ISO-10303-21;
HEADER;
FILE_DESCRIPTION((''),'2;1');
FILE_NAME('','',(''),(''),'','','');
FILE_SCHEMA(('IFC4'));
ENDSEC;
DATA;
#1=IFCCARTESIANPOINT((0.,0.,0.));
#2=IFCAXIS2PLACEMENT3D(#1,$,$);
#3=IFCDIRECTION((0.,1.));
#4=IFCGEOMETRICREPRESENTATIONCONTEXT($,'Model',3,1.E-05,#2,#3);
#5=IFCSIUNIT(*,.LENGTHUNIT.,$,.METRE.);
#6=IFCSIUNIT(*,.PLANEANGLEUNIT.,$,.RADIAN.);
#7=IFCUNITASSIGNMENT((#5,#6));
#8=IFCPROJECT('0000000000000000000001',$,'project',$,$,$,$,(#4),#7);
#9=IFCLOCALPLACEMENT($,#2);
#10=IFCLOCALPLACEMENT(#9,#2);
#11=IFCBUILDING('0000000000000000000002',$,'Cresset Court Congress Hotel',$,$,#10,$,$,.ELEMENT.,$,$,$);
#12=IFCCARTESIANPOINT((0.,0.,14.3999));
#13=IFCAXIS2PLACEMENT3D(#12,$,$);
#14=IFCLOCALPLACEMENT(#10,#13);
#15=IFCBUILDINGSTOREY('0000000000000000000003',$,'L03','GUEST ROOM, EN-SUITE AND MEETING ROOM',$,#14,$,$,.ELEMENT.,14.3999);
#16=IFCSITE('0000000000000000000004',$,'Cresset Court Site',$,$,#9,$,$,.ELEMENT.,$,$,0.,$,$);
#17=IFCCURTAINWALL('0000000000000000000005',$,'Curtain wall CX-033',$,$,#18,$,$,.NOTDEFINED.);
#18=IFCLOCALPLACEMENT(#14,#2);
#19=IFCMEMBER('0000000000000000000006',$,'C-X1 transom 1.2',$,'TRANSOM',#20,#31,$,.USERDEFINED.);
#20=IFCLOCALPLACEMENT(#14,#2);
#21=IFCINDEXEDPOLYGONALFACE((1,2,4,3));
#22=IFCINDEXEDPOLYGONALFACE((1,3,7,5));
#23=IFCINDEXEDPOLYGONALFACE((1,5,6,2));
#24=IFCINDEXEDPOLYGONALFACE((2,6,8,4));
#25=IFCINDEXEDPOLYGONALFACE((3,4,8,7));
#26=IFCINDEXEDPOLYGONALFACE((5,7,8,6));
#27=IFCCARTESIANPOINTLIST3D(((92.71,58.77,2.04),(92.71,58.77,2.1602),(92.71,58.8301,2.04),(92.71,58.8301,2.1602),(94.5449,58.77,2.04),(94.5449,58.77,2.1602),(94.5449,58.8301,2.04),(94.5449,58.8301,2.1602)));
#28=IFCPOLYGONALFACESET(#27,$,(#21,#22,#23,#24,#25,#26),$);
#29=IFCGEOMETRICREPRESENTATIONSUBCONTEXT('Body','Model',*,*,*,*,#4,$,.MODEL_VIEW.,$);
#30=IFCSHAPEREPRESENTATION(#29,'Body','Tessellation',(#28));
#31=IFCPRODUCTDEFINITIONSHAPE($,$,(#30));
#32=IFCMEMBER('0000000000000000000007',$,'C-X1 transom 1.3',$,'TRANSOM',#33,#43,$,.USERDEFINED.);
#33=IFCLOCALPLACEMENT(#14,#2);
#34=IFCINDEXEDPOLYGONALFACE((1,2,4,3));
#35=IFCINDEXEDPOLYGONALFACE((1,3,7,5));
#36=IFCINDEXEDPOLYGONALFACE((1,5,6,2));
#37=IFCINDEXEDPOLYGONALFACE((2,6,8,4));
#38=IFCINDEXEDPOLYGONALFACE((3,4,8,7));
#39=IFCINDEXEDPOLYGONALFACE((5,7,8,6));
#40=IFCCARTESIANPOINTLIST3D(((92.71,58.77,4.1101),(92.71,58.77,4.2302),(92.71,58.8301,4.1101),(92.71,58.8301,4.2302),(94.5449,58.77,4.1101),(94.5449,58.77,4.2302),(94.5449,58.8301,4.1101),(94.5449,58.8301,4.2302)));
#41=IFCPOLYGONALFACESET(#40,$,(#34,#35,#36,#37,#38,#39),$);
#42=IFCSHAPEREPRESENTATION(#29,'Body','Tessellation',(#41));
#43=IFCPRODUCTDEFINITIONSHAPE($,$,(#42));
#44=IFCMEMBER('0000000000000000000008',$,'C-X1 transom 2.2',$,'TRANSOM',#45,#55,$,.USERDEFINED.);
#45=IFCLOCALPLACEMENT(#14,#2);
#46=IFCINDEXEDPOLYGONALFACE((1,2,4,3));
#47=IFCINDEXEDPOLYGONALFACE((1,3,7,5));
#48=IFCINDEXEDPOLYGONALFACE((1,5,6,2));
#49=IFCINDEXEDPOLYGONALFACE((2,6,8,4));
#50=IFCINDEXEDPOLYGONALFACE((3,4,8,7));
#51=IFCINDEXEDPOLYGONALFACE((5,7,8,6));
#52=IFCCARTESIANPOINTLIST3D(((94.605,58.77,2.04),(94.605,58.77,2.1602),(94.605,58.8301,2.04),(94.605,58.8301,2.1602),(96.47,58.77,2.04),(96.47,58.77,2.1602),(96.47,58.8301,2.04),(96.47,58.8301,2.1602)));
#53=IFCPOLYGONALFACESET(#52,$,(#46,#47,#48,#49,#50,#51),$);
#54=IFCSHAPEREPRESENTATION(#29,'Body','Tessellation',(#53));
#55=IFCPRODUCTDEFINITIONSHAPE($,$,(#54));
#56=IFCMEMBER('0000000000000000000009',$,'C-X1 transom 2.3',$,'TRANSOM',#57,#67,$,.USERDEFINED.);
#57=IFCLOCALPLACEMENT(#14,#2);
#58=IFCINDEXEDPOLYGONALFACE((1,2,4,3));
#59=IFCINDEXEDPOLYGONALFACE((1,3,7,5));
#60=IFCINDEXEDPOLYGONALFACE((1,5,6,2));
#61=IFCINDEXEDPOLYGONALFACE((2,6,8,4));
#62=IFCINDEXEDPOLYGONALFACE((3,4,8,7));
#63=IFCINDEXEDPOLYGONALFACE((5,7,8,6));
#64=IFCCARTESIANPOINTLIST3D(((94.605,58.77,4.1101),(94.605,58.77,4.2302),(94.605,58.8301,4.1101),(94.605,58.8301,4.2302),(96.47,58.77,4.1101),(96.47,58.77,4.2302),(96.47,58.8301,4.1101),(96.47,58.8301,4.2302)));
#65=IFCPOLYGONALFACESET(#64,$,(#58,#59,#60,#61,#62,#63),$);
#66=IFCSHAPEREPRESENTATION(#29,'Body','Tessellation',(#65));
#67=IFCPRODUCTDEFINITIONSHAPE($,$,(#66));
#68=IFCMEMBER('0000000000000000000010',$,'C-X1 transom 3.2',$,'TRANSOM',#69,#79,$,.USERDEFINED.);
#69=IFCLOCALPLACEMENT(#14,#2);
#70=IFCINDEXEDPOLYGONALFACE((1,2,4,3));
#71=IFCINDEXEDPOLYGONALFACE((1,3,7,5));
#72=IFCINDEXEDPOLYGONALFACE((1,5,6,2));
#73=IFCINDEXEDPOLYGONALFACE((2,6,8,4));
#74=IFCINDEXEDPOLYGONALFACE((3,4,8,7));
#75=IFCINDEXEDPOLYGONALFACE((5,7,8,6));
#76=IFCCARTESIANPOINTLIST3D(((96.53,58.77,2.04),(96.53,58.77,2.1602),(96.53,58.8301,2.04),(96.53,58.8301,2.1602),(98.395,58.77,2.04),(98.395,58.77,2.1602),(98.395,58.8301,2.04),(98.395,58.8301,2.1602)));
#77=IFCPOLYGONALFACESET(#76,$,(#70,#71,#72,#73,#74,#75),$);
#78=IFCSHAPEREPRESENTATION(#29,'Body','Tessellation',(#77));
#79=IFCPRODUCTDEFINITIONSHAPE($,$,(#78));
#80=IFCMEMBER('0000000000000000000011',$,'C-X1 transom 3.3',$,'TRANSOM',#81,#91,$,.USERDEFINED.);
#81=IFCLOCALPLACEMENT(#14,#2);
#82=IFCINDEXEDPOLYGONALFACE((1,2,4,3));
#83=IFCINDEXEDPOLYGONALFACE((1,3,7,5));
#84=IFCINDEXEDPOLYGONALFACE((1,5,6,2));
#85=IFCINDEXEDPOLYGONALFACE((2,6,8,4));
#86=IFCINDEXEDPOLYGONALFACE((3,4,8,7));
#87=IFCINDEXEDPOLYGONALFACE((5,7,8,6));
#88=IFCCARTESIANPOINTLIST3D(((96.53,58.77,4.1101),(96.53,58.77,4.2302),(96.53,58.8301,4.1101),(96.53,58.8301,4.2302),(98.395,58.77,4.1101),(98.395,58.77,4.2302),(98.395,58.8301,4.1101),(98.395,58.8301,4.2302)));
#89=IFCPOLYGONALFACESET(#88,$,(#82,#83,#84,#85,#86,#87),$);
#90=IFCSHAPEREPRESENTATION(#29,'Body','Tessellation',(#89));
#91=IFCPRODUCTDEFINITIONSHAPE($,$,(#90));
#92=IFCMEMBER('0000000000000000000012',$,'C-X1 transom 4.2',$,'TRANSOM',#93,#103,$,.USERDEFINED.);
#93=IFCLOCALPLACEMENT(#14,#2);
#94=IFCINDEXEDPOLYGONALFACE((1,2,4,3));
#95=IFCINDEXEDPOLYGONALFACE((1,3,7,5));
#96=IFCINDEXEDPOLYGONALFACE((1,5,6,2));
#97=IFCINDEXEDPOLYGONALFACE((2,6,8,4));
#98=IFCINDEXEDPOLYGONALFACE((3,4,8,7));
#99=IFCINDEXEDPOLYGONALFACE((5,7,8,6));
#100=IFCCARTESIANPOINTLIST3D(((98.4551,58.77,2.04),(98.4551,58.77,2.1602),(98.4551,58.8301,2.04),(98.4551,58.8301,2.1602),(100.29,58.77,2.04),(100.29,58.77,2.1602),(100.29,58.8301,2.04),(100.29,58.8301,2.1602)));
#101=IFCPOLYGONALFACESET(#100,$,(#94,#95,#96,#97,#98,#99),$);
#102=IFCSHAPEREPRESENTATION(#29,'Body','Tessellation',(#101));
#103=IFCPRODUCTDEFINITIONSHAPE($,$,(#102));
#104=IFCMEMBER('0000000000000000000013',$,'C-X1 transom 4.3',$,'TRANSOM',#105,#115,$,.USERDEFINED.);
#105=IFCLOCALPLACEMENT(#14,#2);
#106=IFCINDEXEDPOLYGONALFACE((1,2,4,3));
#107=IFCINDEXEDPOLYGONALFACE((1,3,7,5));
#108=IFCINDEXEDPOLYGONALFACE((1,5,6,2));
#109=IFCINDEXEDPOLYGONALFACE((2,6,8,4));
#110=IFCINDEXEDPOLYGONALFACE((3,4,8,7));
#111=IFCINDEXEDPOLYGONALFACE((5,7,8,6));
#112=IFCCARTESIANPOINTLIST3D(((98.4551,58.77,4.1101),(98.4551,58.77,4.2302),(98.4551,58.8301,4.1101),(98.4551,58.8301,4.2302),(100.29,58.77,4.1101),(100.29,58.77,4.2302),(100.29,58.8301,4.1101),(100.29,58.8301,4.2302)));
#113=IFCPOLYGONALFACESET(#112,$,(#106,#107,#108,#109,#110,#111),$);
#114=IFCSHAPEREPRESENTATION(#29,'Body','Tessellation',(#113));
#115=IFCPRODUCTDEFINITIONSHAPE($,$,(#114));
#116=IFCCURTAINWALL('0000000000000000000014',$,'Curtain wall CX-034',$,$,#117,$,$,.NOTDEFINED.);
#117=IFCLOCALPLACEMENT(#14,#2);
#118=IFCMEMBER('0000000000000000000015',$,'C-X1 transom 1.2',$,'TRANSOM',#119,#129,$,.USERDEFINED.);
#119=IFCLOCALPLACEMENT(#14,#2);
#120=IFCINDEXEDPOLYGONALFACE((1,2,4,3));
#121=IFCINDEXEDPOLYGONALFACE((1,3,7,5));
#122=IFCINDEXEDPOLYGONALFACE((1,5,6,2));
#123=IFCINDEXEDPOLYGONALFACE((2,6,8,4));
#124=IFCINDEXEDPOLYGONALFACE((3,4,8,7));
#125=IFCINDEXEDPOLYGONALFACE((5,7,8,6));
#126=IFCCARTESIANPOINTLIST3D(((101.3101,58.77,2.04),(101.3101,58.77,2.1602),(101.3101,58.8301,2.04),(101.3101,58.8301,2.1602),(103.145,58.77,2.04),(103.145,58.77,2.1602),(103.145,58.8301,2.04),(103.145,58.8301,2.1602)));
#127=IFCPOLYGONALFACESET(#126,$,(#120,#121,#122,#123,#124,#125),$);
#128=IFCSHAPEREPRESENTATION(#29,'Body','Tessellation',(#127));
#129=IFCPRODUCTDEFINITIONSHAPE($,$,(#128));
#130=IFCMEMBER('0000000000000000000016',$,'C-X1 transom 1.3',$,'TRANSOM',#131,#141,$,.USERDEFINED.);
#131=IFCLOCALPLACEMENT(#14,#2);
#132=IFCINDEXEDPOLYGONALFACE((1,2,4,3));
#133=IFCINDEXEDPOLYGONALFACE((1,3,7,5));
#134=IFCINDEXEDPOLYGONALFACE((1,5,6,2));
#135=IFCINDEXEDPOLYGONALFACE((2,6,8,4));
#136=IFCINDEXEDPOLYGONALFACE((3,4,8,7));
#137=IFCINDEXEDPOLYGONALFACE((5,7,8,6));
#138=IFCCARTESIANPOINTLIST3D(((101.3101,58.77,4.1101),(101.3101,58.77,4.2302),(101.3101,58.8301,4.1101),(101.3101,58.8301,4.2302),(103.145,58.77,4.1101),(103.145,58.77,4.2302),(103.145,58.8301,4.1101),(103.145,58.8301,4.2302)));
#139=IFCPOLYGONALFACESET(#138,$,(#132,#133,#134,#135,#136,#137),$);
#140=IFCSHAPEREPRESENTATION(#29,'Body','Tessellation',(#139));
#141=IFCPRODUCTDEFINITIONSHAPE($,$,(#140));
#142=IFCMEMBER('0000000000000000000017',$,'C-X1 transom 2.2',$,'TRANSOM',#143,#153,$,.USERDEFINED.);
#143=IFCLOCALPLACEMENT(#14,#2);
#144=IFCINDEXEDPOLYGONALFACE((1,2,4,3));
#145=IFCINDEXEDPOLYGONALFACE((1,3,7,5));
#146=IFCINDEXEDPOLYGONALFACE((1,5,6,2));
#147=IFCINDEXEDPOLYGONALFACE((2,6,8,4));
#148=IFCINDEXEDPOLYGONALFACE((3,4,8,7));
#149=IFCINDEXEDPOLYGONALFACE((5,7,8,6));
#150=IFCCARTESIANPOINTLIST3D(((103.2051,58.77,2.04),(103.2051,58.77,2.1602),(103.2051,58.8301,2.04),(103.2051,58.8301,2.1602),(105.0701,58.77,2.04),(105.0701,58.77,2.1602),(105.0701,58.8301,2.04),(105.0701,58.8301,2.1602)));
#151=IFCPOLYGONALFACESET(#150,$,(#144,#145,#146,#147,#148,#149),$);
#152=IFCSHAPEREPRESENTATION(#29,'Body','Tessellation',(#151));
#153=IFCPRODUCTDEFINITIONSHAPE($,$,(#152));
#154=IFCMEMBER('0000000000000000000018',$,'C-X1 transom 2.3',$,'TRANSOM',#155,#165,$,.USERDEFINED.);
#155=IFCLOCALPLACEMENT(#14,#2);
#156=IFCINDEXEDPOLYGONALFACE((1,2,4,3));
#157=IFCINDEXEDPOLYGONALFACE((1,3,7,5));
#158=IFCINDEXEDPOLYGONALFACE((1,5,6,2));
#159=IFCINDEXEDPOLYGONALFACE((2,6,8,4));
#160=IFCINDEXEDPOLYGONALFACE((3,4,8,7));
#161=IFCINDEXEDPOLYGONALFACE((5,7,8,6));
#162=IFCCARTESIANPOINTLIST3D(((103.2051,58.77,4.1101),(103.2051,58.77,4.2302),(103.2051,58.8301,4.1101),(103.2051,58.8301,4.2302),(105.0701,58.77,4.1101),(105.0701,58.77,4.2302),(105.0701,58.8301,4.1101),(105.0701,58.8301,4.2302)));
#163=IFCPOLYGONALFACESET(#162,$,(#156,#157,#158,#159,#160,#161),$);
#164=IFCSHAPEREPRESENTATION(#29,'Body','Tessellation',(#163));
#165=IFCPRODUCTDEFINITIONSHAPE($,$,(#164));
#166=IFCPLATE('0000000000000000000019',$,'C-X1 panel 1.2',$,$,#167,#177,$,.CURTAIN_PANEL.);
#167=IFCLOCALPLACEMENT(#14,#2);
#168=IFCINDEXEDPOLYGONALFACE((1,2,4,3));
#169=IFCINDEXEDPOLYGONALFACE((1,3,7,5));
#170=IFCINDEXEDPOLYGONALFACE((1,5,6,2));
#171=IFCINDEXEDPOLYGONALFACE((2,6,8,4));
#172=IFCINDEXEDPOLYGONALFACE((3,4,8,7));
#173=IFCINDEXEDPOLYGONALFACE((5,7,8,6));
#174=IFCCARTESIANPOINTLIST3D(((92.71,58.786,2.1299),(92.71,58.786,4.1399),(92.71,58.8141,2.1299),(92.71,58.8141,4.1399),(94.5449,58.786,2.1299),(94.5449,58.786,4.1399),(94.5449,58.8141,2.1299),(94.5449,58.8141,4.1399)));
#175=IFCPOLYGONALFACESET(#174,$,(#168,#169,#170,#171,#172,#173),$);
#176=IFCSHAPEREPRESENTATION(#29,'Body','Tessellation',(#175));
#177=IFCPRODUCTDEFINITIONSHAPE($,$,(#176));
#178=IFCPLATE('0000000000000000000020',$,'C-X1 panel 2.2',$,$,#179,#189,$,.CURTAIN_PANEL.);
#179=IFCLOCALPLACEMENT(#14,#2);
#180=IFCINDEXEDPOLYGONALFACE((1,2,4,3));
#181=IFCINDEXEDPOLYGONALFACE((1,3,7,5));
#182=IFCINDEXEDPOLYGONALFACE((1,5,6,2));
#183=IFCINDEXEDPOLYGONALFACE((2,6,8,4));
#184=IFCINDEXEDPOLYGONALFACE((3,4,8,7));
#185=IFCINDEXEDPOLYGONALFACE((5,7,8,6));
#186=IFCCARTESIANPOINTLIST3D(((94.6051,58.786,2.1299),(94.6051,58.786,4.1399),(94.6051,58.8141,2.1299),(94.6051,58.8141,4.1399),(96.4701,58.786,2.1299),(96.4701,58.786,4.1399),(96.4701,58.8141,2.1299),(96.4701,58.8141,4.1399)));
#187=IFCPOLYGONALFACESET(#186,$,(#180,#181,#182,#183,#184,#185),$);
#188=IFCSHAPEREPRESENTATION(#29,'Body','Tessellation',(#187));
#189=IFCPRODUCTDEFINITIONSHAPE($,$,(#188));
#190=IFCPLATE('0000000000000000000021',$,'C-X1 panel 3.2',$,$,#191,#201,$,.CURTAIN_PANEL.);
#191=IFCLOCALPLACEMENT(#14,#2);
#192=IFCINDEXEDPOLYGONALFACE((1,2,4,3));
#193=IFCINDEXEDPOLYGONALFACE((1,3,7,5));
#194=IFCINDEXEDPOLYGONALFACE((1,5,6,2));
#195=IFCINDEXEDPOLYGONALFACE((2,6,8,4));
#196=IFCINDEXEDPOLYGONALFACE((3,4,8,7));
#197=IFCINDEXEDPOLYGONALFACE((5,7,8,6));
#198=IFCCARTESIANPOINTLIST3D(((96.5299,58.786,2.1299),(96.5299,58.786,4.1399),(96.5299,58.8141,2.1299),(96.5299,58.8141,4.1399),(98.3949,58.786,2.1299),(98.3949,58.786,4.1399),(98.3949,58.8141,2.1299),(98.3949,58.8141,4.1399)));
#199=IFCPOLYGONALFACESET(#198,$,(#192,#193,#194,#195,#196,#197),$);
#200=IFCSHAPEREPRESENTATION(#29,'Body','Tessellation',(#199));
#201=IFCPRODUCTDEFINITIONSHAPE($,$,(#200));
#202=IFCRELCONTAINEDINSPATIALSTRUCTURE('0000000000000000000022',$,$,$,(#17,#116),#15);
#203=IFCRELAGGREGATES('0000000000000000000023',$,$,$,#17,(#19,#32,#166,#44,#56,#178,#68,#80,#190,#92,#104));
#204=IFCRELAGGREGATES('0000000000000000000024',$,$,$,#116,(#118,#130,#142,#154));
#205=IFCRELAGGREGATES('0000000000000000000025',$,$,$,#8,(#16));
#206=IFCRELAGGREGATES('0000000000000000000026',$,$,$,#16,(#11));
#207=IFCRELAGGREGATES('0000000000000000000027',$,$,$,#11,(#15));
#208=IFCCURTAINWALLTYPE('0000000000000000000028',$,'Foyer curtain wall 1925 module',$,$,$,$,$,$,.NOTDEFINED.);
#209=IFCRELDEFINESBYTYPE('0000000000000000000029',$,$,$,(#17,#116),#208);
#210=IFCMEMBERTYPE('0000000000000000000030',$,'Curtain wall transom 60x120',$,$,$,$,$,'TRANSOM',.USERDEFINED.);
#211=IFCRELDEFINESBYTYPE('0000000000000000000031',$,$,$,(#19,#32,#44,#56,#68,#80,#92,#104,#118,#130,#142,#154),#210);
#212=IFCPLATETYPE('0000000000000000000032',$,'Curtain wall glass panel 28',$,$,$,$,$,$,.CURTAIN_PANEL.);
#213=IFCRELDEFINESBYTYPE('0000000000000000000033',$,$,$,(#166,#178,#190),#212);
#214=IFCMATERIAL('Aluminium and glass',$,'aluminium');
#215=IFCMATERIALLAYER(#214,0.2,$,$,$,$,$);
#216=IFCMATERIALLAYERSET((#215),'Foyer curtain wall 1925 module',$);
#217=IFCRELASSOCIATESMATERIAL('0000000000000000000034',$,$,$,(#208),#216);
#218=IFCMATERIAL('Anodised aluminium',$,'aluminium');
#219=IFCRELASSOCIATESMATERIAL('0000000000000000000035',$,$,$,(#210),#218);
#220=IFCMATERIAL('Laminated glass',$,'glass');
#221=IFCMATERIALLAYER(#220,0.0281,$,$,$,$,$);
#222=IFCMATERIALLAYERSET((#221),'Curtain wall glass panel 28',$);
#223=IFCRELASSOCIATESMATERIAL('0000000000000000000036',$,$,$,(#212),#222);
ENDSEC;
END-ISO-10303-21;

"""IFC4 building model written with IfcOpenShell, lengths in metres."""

from ifc_helpers import new_model, si_unit, direction, frame, origin, origin_2d, place, context, subcontext, project, spatial, rectangle, extrude, material, layer, layer_set, material_profile, profile_set, type_object, element, aggregate, save


model = new_model("IFC4")

# Units and contexts
model_context = context("Model", 3, precision=1e-05, world=origin(), true_north=direction((0.0, 1.0)))
body_context = subcontext(model_context, "Body", "Model", "MODEL_VIEW")
ifc_project = project(units=[si_unit("LENGTHUNIT", "METRE"), si_unit("PLANEANGLEUNIT", "RADIAN")], contexts=[model_context])

# Site, building, storey
site_placement = place(None, origin())
site = spatial("IfcSite", under=ifc_project, at=site_placement, Name="Cresset Court Site", CompositionType="ELEMENT", RefElevation=0.0)
building_placement = place(site_placement, origin())
building = spatial("IfcBuilding", under=site, at=building_placement, Name="Cresset Court Congress Hotel", CompositionType="ELEMENT")
storey_placement = place(building_placement, frame((0.0, 0.0, 14.3999)))
storey = spatial("IfcBuildingStorey", under=building, at=storey_placement, Name="L03", Description="GUEST ROOM, EN-SUITE AND MEETING ROOM", CompositionType="ELEMENT", Elevation=14.3999)

# Curtain walls, members
ifc_material_1 = material(Name="Aluminium and glass", Category="aluminium")
ifc_layer_1 = layer(ifc_material_1, 0.2)
ifc_layer_set_1 = layer_set([ifc_layer_1], Name="Foyer curtain wall 1925 module")
curtain_wall_type = type_object("IfcCurtainWallType", Name="Foyer curtain wall 1925 module", PredefinedType="NOTDEFINED", material=ifc_layer_set_1)
curtain_wall_1_placement = place(storey_placement, origin())
curtain_wall_1 = element("IfcCurtainWall", 1, at=curtain_wall_1_placement, inside=storey, type_object=curtain_wall_type, Name="Curtain wall CX-033", PredefinedType="NOTDEFINED")
ifc_material_2 = material(Name="Anodised aluminium", Category="aluminium")
ifc_material_profile = material_profile(ifc_material_2, rectangle(XDim=0.0601, YDim=0.1201, at=origin_2d()), Name="AL60x120")
ifc_profile_set = profile_set([ifc_material_profile], Name="Anodised aluminium")
member_type = type_object("IfcMemberType", Name="Curtain wall transom 60x120", ElementType="TRANSOM", PredefinedType="USERDEFINED", material=ifc_profile_set)
member_1_placement = place(storey_placement, frame((92.71, 58.8, 2.1001), z_axis=(1.0, 0.0, 0.0), x_axis=(0.0, 1.0, 0.0)))
member_1 = element("IfcMember", 2, at=member_1_placement, type_object=member_type, Name="C-X1 transom 1.2", ObjectType="TRANSOM", PredefinedType="USERDEFINED", context=body_context, shape_type="SweptSolid", body=[
    extrude(rectangle(XDim=0.0601, YDim=0.1201, at=origin_2d()), origin(), (0.0, 0.0, 1.0), 1.835),
])
member_2_placement = place(storey_placement, frame((92.71, 58.8, 4.1702), z_axis=(1.0, 0.0, 0.0), x_axis=(0.0, 1.0, 0.0)))
member_2 = element("IfcMember", 3, at=member_2_placement, type_object=member_type, Name="C-X1 transom 1.3", ObjectType="TRANSOM", PredefinedType="USERDEFINED", context=body_context, shape_type="SweptSolid", body=[
    extrude(rectangle(XDim=0.0601, YDim=0.1201, at=origin_2d()), origin(), (0.0, 0.0, 1.0), 1.835),
])
member_3_placement = place(storey_placement, frame((94.605, 58.8, 2.1001), z_axis=(1.0, 0.0, 0.0), x_axis=(0.0, 1.0, 0.0)))
member_3 = element("IfcMember", 4, at=member_3_placement, type_object=member_type, Name="C-X1 transom 2.2", ObjectType="TRANSOM", PredefinedType="USERDEFINED", context=body_context, shape_type="SweptSolid", body=[
    extrude(rectangle(XDim=0.0601, YDim=0.1201, at=origin_2d()), origin(), (0.0, 0.0, 1.0), 1.865),
])
member_4_placement = place(storey_placement, frame((94.605, 58.8, 4.1702), z_axis=(1.0, 0.0, 0.0), x_axis=(0.0, 1.0, 0.0)))
member_4 = element("IfcMember", 5, at=member_4_placement, type_object=member_type, Name="C-X1 transom 2.3", ObjectType="TRANSOM", PredefinedType="USERDEFINED", context=body_context, shape_type="SweptSolid", body=[
    extrude(rectangle(XDim=0.0601, YDim=0.1201, at=origin_2d()), origin(), (0.0, 0.0, 1.0), 1.865),
])
member_5_placement = place(storey_placement, frame((96.53, 58.8, 2.1001), z_axis=(1.0, 0.0, 0.0), x_axis=(0.0, 1.0, 0.0)))
member_5 = element("IfcMember", 6, at=member_5_placement, type_object=member_type, Name="C-X1 transom 3.2", ObjectType="TRANSOM", PredefinedType="USERDEFINED", context=body_context, shape_type="SweptSolid", body=[
    extrude(rectangle(XDim=0.0601, YDim=0.1201, at=origin_2d()), origin(), (0.0, 0.0, 1.0), 1.865),
])
member_6_placement = place(storey_placement, frame((96.53, 58.8, 4.1702), z_axis=(1.0, 0.0, 0.0), x_axis=(0.0, 1.0, 0.0)))
member_6 = element("IfcMember", 7, at=member_6_placement, type_object=member_type, Name="C-X1 transom 3.3", ObjectType="TRANSOM", PredefinedType="USERDEFINED", context=body_context, shape_type="SweptSolid", body=[
    extrude(rectangle(XDim=0.0601, YDim=0.1201, at=origin_2d()), origin(), (0.0, 0.0, 1.0), 1.865),
])
member_7_placement = place(storey_placement, frame((98.4551, 58.8, 2.1001), z_axis=(1.0, 0.0, 0.0), x_axis=(0.0, 1.0, 0.0)))
member_7 = element("IfcMember", 8, at=member_7_placement, type_object=member_type, Name="C-X1 transom 4.2", ObjectType="TRANSOM", PredefinedType="USERDEFINED", context=body_context, shape_type="SweptSolid", body=[
    extrude(rectangle(XDim=0.0601, YDim=0.1201, at=origin_2d()), origin(), (0.0, 0.0, 1.0), 1.835),
])
member_8_placement = place(storey_placement, frame((98.4551, 58.8, 4.1702), z_axis=(1.0, 0.0, 0.0), x_axis=(0.0, 1.0, 0.0)))
member_8 = element("IfcMember", 9, at=member_8_placement, type_object=member_type, Name="C-X1 transom 4.3", ObjectType="TRANSOM", PredefinedType="USERDEFINED", context=body_context, shape_type="SweptSolid", body=[
    extrude(rectangle(XDim=0.0601, YDim=0.1201, at=origin_2d()), origin(), (0.0, 0.0, 1.0), 1.835),
])
curtain_wall_2_placement = place(storey_placement, origin())
curtain_wall_2 = element("IfcCurtainWall", 10, at=curtain_wall_2_placement, inside=storey, type_object=curtain_wall_type, Name="Curtain wall CX-034", PredefinedType="NOTDEFINED")
member_9_placement = place(storey_placement, frame((101.3101, 58.8, 2.1001), z_axis=(1.0, 0.0, 0.0), x_axis=(0.0, 1.0, 0.0)))
member_9 = element("IfcMember", 11, at=member_9_placement, type_object=member_type, Name="C-X1 transom 1.2", ObjectType="TRANSOM", PredefinedType="USERDEFINED", context=body_context, shape_type="SweptSolid", body=[
    extrude(rectangle(XDim=0.0601, YDim=0.1201, at=origin_2d()), origin(), (0.0, 0.0, 1.0), 1.835),
])
member_10_placement = place(storey_placement, frame((101.3101, 58.8, 4.1702), z_axis=(1.0, 0.0, 0.0), x_axis=(0.0, 1.0, 0.0)))
member_10 = element("IfcMember", 12, at=member_10_placement, type_object=member_type, Name="C-X1 transom 1.3", ObjectType="TRANSOM", PredefinedType="USERDEFINED", context=body_context, shape_type="SweptSolid", body=[
    extrude(rectangle(XDim=0.0601, YDim=0.1201, at=origin_2d()), origin(), (0.0, 0.0, 1.0), 1.835),
])
member_11_placement = place(storey_placement, frame((103.2051, 58.8, 2.1001), z_axis=(1.0, 0.0, 0.0), x_axis=(0.0, 1.0, 0.0)))
member_11 = element("IfcMember", 13, at=member_11_placement, type_object=member_type, Name="C-X1 transom 2.2", ObjectType="TRANSOM", PredefinedType="USERDEFINED", context=body_context, shape_type="SweptSolid", body=[
    extrude(rectangle(XDim=0.0601, YDim=0.1201, at=origin_2d()), origin(), (0.0, 0.0, 1.0), 1.865),
])
member_12_placement = place(storey_placement, frame((103.2051, 58.8, 4.1702), z_axis=(1.0, 0.0, 0.0), x_axis=(0.0, 1.0, 0.0)))
member_12 = element("IfcMember", 14, at=member_12_placement, type_object=member_type, Name="C-X1 transom 2.3", ObjectType="TRANSOM", PredefinedType="USERDEFINED", context=body_context, shape_type="SweptSolid", body=[
    extrude(rectangle(XDim=0.0601, YDim=0.1201, at=origin_2d()), origin(), (0.0, 0.0, 1.0), 1.865),
])

# Plates
ifc_material_3 = material(Name="Laminated glass", Category="glass")
ifc_layer_2 = layer(ifc_material_3, 0.0281)
ifc_layer_set_2 = layer_set([ifc_layer_2], Name="Curtain wall glass panel 28")
plate_type = type_object("IfcPlateType", Name="Curtain wall glass panel 28", PredefinedType="CURTAIN_PANEL", material=ifc_layer_set_2)
plate_1_placement = place(storey_placement, frame((93.6274, 58.8, 2.1299), z_axis=(0.0, 0.0, 1.0), x_axis=(1.0, 0.0, 0.0)))
plate_1 = element("IfcPlate", 15, at=plate_1_placement, type_object=plate_type, Name="C-X1 panel 1.2", PredefinedType="CURTAIN_PANEL", context=body_context, shape_type="SweptSolid", body=[
    extrude(rectangle(XDim=1.835, YDim=0.0281, at=origin_2d()), origin(), (0.0, 0.0, 1.0), 2.01),
])
plate_2_placement = place(storey_placement, frame((95.5376, 58.8, 2.1299), z_axis=(0.0, 0.0, 1.0), x_axis=(1.0, 0.0, 0.0)))
plate_2 = element("IfcPlate", 16, at=plate_2_placement, type_object=plate_type, Name="C-X1 panel 2.2", PredefinedType="CURTAIN_PANEL", context=body_context, shape_type="SweptSolid", body=[
    extrude(rectangle(XDim=1.865, YDim=0.0281, at=origin_2d()), origin(), (0.0, 0.0, 1.0), 2.01),
])
plate_3_placement = place(storey_placement, frame((97.4624, 58.8, 2.1299), z_axis=(0.0, 0.0, 1.0), x_axis=(1.0, 0.0, 0.0)))
plate_3 = element("IfcPlate", 17, at=plate_3_placement, type_object=plate_type, Name="C-X1 panel 3.2", PredefinedType="CURTAIN_PANEL", context=body_context, shape_type="SweptSolid", body=[
    extrude(rectangle(XDim=1.865, YDim=0.0281, at=origin_2d()), origin(), (0.0, 0.0, 1.0), 2.01),
])
aggregate(curtain_wall_1, [member_1, member_2, plate_1, member_3, member_4, plate_2, member_5, member_6, plate_3, member_7, member_8])
aggregate(curtain_wall_2, [member_9, member_10, member_11, member_12])

save(model, "model.ifc")
